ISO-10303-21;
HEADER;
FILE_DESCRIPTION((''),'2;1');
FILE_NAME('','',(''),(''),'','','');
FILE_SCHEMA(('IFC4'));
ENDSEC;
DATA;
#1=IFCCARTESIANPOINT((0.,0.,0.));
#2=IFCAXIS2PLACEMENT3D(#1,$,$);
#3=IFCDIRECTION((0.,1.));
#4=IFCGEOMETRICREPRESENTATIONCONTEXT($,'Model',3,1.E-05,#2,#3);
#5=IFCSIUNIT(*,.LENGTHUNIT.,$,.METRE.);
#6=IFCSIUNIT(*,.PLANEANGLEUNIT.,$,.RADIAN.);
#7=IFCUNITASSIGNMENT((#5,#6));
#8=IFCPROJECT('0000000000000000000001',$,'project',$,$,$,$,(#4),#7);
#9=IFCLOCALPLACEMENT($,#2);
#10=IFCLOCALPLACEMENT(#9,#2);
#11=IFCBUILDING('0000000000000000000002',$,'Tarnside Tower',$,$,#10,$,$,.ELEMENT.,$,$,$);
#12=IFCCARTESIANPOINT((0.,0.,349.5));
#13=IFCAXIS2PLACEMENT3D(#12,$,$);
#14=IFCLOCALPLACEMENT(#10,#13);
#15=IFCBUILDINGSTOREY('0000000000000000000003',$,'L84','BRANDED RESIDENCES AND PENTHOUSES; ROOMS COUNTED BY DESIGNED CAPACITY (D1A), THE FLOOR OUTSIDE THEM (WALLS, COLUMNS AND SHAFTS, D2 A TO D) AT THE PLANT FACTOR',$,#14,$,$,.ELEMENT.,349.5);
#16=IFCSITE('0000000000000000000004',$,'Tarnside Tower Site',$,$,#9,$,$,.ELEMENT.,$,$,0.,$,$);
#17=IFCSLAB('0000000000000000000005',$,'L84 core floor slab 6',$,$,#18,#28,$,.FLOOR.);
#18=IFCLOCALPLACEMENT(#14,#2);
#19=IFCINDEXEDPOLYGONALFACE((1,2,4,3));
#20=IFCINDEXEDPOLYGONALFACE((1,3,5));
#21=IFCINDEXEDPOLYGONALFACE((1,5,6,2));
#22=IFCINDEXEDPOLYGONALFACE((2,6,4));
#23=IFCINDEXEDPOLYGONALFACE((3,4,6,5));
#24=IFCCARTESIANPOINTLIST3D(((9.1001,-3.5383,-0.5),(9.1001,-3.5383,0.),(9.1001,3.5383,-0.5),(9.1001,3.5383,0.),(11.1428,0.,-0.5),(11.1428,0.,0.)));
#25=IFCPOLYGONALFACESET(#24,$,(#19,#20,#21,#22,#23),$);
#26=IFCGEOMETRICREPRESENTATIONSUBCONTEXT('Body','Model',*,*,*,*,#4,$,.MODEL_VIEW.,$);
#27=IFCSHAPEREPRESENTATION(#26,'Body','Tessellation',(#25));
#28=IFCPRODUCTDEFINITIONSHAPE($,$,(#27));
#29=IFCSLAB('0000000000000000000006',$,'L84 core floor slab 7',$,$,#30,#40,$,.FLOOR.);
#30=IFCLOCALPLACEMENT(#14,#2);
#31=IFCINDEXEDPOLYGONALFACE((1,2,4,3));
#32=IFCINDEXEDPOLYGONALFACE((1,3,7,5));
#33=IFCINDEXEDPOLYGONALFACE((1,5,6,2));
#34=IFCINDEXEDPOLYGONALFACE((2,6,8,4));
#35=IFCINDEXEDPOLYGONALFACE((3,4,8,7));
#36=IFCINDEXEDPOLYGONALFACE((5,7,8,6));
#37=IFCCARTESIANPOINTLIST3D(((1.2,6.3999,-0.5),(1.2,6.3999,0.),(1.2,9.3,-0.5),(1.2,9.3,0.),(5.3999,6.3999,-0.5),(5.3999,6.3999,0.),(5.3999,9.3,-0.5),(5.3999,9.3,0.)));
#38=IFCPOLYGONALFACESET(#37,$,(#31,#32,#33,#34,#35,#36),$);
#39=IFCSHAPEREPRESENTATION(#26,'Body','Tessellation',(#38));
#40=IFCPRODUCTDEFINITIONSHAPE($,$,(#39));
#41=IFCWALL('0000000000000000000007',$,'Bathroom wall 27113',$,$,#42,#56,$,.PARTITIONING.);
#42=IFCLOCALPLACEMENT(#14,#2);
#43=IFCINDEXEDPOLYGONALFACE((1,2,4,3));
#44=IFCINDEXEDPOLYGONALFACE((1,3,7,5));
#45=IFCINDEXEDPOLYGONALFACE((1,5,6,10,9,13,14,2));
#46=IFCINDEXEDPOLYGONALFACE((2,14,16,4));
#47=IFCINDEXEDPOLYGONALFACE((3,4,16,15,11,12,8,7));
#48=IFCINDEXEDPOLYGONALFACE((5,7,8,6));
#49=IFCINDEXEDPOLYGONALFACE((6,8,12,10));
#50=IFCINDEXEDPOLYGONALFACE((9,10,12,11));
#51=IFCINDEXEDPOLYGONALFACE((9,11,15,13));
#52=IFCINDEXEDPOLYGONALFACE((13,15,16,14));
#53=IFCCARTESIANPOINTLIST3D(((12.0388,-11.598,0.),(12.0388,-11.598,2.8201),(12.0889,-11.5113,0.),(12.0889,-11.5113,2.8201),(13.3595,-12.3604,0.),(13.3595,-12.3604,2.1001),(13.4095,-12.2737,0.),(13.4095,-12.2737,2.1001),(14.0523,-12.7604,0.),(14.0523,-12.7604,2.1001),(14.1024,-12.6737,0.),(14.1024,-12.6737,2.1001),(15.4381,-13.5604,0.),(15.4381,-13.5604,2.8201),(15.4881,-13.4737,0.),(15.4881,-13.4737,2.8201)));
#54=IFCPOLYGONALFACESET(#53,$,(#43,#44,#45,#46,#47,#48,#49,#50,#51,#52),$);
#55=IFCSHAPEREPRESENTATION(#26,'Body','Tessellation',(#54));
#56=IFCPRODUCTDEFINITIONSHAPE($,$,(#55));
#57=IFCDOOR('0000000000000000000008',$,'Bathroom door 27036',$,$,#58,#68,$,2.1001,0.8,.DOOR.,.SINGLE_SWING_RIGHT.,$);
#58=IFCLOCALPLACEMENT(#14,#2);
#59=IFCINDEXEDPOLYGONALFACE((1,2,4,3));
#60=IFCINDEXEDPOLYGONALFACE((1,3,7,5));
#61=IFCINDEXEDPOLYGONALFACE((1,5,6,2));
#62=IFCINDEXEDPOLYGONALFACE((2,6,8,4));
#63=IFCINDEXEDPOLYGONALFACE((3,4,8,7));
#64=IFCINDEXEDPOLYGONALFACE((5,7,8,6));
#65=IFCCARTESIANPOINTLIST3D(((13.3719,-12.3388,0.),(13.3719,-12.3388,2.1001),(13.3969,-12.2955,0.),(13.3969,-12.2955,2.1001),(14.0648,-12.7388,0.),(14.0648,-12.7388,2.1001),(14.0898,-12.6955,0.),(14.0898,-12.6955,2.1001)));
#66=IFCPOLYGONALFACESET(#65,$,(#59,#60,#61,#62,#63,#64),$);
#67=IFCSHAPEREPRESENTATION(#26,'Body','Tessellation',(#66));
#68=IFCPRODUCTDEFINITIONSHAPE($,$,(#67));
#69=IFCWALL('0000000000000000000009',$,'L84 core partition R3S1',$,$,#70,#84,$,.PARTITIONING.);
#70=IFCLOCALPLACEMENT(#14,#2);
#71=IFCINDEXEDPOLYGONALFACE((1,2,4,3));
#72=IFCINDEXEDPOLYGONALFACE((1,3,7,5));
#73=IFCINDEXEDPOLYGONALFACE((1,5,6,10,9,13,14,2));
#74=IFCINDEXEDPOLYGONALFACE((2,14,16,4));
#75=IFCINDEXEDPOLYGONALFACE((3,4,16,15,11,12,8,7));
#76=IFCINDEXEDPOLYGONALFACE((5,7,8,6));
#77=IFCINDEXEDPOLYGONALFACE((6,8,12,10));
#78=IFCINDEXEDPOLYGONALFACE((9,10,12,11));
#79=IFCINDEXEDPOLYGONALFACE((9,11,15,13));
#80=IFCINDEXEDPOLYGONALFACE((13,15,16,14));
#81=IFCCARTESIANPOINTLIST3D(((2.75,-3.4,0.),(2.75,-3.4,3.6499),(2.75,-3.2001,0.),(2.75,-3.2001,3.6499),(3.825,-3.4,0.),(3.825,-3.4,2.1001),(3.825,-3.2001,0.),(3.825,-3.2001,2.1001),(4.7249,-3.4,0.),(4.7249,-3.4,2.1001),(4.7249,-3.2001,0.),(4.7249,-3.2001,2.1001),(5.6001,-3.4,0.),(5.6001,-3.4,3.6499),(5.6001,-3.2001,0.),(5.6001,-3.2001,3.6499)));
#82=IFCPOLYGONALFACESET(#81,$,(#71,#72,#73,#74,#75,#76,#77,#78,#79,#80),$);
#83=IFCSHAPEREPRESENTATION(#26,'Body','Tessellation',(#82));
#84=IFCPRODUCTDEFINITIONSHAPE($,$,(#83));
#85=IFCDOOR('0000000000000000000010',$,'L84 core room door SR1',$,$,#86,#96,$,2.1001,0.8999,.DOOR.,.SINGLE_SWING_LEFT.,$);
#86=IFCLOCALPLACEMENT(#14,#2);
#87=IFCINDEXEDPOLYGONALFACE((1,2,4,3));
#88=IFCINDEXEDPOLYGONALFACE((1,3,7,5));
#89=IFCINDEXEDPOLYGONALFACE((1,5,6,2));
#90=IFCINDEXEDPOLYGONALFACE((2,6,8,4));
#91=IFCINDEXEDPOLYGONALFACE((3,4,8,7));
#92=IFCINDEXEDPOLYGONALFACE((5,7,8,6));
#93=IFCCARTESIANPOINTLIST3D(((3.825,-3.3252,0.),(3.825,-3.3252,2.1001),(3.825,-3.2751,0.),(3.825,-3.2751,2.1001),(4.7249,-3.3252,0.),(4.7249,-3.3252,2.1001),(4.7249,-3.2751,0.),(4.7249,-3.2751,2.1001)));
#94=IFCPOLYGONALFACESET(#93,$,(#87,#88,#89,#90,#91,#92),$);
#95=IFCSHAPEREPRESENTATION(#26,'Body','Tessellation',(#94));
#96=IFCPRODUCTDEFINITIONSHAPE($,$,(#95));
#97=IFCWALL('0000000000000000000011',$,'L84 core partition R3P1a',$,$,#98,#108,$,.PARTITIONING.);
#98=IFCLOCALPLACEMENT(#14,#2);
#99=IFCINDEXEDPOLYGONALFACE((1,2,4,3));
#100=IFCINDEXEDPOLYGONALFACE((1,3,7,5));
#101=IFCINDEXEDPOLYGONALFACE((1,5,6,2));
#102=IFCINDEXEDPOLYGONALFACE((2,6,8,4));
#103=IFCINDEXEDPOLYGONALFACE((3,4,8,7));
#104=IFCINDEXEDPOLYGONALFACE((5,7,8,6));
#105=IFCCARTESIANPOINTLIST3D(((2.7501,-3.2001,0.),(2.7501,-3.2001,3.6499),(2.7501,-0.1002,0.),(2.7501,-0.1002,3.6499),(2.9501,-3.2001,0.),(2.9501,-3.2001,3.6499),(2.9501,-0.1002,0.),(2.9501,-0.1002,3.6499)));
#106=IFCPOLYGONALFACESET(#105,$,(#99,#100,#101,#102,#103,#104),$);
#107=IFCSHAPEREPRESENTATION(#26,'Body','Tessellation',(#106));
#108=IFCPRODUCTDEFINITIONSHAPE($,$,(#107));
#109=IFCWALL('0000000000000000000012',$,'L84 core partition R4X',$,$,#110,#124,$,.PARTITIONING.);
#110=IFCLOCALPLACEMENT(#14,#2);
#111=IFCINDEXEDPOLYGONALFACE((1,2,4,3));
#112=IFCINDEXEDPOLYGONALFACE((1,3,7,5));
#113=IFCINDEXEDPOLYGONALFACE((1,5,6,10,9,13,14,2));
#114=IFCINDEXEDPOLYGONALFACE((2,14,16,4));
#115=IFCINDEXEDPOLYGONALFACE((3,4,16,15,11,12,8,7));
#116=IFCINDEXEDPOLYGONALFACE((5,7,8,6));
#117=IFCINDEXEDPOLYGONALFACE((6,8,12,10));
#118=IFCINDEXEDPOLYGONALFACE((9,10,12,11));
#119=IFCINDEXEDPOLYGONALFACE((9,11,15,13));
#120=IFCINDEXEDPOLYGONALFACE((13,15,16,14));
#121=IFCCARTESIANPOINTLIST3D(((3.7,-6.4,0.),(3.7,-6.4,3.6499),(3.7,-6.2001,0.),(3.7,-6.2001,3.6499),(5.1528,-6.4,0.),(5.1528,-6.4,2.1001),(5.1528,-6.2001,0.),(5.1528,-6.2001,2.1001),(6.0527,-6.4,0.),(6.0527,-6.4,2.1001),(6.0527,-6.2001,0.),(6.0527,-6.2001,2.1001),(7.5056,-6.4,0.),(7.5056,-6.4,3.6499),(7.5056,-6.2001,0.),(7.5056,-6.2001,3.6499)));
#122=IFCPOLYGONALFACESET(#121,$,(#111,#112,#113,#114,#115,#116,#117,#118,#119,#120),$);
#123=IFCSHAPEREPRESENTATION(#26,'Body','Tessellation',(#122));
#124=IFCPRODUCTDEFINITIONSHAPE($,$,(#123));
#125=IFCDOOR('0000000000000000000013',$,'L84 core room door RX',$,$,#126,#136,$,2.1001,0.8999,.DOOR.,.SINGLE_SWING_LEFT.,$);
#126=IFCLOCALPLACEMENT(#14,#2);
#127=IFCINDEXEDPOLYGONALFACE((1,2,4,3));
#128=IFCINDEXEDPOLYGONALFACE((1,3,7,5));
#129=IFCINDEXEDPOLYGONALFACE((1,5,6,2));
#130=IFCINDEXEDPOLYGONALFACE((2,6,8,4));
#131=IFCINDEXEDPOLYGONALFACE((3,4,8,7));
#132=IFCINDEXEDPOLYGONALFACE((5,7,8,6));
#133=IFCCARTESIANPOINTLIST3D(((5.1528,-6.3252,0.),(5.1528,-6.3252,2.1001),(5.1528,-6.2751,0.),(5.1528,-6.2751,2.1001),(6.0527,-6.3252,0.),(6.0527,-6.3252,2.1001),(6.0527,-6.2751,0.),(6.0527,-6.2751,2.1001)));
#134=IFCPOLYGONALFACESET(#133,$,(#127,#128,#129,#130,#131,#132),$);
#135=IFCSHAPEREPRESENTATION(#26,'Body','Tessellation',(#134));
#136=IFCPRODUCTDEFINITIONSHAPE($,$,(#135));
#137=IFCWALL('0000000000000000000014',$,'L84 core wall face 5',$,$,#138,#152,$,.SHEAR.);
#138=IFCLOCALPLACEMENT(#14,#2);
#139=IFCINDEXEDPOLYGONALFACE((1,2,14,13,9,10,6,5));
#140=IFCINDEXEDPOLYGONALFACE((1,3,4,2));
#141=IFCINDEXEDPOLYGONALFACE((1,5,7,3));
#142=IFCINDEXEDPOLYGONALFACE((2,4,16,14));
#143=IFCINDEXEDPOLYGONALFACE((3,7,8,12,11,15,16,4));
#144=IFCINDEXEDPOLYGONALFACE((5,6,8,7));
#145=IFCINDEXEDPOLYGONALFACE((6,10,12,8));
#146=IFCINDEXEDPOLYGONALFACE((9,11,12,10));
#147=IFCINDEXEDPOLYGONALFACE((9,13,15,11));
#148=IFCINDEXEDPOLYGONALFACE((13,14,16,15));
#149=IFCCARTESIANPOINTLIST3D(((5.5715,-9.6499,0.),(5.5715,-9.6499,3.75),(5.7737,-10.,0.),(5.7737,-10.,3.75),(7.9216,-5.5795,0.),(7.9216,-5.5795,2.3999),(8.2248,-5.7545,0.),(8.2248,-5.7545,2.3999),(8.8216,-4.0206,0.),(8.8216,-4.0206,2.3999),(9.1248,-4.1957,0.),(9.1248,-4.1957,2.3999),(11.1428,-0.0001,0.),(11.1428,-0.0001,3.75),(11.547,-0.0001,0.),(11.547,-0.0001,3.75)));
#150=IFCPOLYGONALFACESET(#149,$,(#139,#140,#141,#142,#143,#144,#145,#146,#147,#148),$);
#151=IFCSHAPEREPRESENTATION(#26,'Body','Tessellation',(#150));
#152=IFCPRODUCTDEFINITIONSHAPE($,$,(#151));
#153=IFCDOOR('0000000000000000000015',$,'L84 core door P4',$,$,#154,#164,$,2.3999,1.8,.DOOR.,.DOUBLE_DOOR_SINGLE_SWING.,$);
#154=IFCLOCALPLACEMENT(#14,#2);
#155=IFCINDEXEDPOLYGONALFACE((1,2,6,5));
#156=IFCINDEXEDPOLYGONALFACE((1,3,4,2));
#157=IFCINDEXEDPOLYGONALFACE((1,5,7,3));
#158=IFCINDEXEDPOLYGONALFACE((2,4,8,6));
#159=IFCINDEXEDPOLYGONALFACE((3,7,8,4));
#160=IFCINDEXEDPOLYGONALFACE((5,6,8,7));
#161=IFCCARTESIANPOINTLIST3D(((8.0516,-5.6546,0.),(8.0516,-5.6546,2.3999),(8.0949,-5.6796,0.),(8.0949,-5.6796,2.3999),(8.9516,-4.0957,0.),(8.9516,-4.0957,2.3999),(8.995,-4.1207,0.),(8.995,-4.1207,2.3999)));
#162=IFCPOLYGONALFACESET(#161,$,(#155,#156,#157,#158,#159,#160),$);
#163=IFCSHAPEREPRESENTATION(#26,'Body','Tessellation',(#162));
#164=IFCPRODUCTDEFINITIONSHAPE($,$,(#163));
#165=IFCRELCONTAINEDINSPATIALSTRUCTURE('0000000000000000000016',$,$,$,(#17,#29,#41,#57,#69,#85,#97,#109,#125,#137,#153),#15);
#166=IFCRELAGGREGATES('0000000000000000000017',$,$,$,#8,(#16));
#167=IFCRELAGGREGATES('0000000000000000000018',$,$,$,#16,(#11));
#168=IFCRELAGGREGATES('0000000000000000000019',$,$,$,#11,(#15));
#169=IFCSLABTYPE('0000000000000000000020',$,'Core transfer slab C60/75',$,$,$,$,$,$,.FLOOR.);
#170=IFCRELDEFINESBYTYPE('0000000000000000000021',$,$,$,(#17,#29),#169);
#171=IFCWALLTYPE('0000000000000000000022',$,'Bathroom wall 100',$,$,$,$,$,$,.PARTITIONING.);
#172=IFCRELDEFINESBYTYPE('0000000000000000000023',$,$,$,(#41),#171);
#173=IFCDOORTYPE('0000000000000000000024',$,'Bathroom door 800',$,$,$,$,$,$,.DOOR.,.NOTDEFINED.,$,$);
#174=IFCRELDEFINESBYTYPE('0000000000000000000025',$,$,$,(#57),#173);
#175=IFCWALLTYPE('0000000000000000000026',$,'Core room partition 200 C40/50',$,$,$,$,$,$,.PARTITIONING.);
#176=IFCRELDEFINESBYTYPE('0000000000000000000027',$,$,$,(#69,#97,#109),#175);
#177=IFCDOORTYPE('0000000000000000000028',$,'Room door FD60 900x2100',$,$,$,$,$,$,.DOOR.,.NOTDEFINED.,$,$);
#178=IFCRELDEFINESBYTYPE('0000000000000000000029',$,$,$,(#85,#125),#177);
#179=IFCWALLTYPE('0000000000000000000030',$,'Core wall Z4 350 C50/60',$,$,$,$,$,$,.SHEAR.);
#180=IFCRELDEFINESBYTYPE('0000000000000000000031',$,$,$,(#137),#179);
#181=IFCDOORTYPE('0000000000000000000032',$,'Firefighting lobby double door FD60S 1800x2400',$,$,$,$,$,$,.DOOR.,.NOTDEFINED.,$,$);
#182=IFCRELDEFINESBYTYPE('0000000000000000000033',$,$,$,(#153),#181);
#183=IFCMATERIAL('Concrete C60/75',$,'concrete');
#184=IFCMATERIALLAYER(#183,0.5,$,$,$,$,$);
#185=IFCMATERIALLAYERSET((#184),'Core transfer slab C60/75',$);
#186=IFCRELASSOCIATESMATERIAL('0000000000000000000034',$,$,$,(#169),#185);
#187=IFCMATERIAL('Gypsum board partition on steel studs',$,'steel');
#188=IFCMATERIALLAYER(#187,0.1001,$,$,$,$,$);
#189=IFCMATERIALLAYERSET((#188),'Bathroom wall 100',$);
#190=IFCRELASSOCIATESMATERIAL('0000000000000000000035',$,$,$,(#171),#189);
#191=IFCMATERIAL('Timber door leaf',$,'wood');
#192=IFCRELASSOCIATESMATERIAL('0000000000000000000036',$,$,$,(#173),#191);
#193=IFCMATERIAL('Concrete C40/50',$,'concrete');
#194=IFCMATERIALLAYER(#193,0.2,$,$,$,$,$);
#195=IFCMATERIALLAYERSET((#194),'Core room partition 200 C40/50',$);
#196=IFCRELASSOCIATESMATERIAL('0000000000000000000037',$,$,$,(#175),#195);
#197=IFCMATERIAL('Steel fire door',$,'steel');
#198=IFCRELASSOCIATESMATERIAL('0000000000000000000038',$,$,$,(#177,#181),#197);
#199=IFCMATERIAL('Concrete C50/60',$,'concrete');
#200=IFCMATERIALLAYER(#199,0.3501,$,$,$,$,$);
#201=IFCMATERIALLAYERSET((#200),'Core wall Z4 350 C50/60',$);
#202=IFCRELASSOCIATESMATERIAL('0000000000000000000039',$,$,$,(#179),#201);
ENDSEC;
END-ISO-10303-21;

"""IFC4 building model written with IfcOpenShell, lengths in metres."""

from ifc_helpers import new_model, si_unit, direction, frame, frame_2d, origin, place, context, subcontext, project, spatial, polyline, rectangle, outline, extrude, material, layer, layer_set, type_object, element, fill, save


model = new_model("IFC4")

# Units and contexts
model_context = context("Model", 3, precision=1e-05, world=origin(), true_north=direction((0.0, 1.0)))
body_context = subcontext(model_context, "Body", "Model", "MODEL_VIEW")
ifc_project = project(units=[si_unit("LENGTHUNIT", "METRE"), si_unit("PLANEANGLEUNIT", "RADIAN")], contexts=[model_context])

# Site, building, storey
site_placement = place(None, origin())
site = spatial("IfcSite", under=ifc_project, at=site_placement, Name="Tarnside Tower Site", CompositionType="ELEMENT", RefElevation=0.0)
building_placement = place(site_placement, origin())
building = spatial("IfcBuilding", under=site, at=building_placement, Name="Tarnside Tower", CompositionType="ELEMENT")
storey_placement = place(building_placement, frame((0.0, 0.0, 349.5)))
storey = spatial("IfcBuildingStorey", under=building, at=storey_placement, Name="L84", Description="BRANDED RESIDENCES AND PENTHOUSES; ROOMS COUNTED BY DESIGNED CAPACITY (D1A), THE FLOOR OUTSIDE THEM (WALLS, COLUMNS AND SHAFTS, D2 A TO D) AT THE PLANT FACTOR", CompositionType="ELEMENT", Elevation=349.5)

# Slabs
ifc_material_1 = material(Name="Concrete C60/75", Category="concrete")
ifc_layer_1 = layer(ifc_material_1, 0.5)
ifc_layer_set_1 = layer_set([ifc_layer_1], Name="Core transfer slab C60/75")
slab_type = type_object("IfcSlabType", Name="Core transfer slab C60/75", PredefinedType="FLOOR", material=ifc_layer_set_1)
slab_1_placement = place(storey_placement, frame((0.0, 0.0, -0.5)))
element("IfcSlab", 1, at=slab_1_placement, inside=storey, type_object=slab_type, Name="L84 core floor slab 6", PredefinedType="FLOOR", context=body_context, shape_type="SweptSolid", body=[
    extrude(outline(polyline([(9.1001, 3.5383), (11.1428, 0.0), (9.1001, -3.5383), (9.1001, 3.5383)])), origin(), (0.0, 0.0, 1.0), 0.5),
])
slab_2_placement = place(storey_placement, frame((0.0, 0.0, -0.5)))
element("IfcSlab", 2, at=slab_2_placement, inside=storey, type_object=slab_type, Name="L84 core floor slab 7", PredefinedType="FLOOR", context=body_context, shape_type="SweptSolid", body=[
    extrude(outline(polyline([(5.3999, 6.3999), (1.2, 6.3999), (1.2, 9.3), (5.3999, 9.3), (5.3999, 6.3999)])), origin(), (0.0, 0.0, 1.0), 0.5),
])

# Walls, openings, doors
ifc_material_2 = material(Name="Gypsum board partition on steel studs", Category="steel")
ifc_layer_2 = layer(ifc_material_2, 0.1001)
ifc_layer_set_2 = layer_set([ifc_layer_2], Name="Bathroom wall 100")
wall_type_1 = type_object("IfcWallType", Name="Bathroom wall 100", PredefinedType="PARTITIONING", material=ifc_layer_set_2)
wall_1_placement = place(storey_placement, frame((12.064, -11.5547, 0.0), z_axis=(0.0, 0.0, 1.0), x_axis=(0.866037, -0.499979, 0.0)))
wall_1 = element("IfcWall", 3, at=wall_1_placement, inside=storey, type_object=wall_type_1, Name="Bathroom wall 27113", PredefinedType="PARTITIONING", context=body_context, shape_type="SweptSolid", body=[
    extrude(rectangle(XDim=3.925, YDim=0.1001, at=frame_2d((1.9624, 0.0))), origin(), (0.0, 0.0, 1.0), 2.8201),
])
opening_1_placement = place(wall_1_placement, frame((1.5249, 0.0, 0.0)))
opening_1 = element("IfcOpeningElement", 4, at=opening_1_placement, cuts=wall_1, PredefinedType="OPENING", context=body_context, shape_type="SweptSolid", body=[
    extrude(rectangle(XDim=0.8, YDim=2.1001, at=frame_2d((0.3999, 1.05))), frame((0.0, 0.0601, 0.0), z_axis=(0.0, -1.0, 0.0), x_axis=(1.0, 0.0, 0.0)), (0.0, 0.0, 1.0), 0.1201),
])
ifc_material_3 = material(Name="Timber door leaf", Category="wood")
door_type_1 = type_object("IfcDoorType", Name="Bathroom door 800", OperationType="NOTDEFINED", PredefinedType="DOOR", material=ifc_material_3)
door_1_placement = place(opening_1_placement, origin())
door_1 = element("IfcDoor", 5, at=door_1_placement, inside=storey, type_object=door_type_1, Name="Bathroom door 27036", OperationType="SINGLE_SWING_RIGHT", OverallHeight=2.1001, OverallWidth=0.8, PredefinedType="DOOR", context=body_context, shape_type="SweptSolid", body=[
    extrude(rectangle(XDim=0.8, YDim=2.1001, at=frame_2d((0.3999, 1.05))), frame((0.0, 0.0249, 0.0), z_axis=(0.0, -1.0, 0.0), x_axis=(1.0, 0.0, 0.0)), (0.0, 0.0, 1.0), 0.05),
])
fill(opening_1, door_1)
ifc_material_4 = material(Name="Concrete C40/50", Category="concrete")
ifc_layer_3 = layer(ifc_material_4, 0.2)
ifc_layer_set_3 = layer_set([ifc_layer_3], Name="Core room partition 200 C40/50")
wall_type_2 = type_object("IfcWallType", Name="Core room partition 200 C40/50", PredefinedType="PARTITIONING", material=ifc_layer_set_3)
wall_2_placement = place(storey_placement, frame((2.75, -3.3, 0.0), z_axis=(0.0, 0.0, 1.0), x_axis=(1.0, 0.0, 0.0)))
wall_2 = element("IfcWall", 6, at=wall_2_placement, inside=storey, type_object=wall_type_2, Name="L84 core partition R3S1", PredefinedType="PARTITIONING", context=body_context, shape_type="SweptSolid", body=[
    extrude(rectangle(XDim=2.8501, YDim=0.2, at=frame_2d((1.425, 0.0))), origin(), (0.0, 0.0, 1.0), 3.6499),
])
opening_2_placement = place(wall_2_placement, frame((1.075, 0.0, 0.0)))
opening_2 = element("IfcOpeningElement", 7, at=opening_2_placement, cuts=wall_2, PredefinedType="OPENING", context=body_context, shape_type="SweptSolid", body=[
    extrude(rectangle(XDim=0.8999, YDim=2.1001, at=frame_2d((0.45, 1.05))), frame((0.0, 0.1099, 0.0), z_axis=(0.0, -1.0, 0.0), x_axis=(1.0, 0.0, 0.0)), (0.0, 0.0, 1.0), 0.22),
])
ifc_material_5 = material(Name="Steel fire door", Category="steel")
door_type_2 = type_object("IfcDoorType", Name="Room door FD60 900x2100", OperationType="NOTDEFINED", PredefinedType="DOOR", material=ifc_material_5)
door_2_placement = place(opening_2_placement, origin())
door_2 = element("IfcDoor", 8, at=door_2_placement, inside=storey, type_object=door_type_2, Name="L84 core room door SR1", OperationType="SINGLE_SWING_LEFT", OverallHeight=2.1001, OverallWidth=0.8999, PredefinedType="DOOR", context=body_context, shape_type="SweptSolid", body=[
    extrude(rectangle(XDim=0.8999, YDim=2.1001, at=frame_2d((0.45, 1.05))), frame((0.0, 0.0249, 0.0), z_axis=(0.0, -1.0, 0.0), x_axis=(1.0, 0.0, 0.0)), (0.0, 0.0, 1.0), 0.05),
])
fill(opening_2, door_2)

# Wall
wall_3_placement = place(storey_placement, frame((2.8501, -3.2, 0.0), z_axis=(0.0, 0.0, 1.0), x_axis=(0.0, 1.0, 0.0)))
element("IfcWall", 9, at=wall_3_placement, inside=storey, type_object=wall_type_2, Name="L84 core partition R3P1a", PredefinedType="PARTITIONING", context=body_context, shape_type="SweptSolid", body=[
    extrude(rectangle(XDim=3.0999, YDim=0.2, at=frame_2d((1.5498, 0.0))), origin(), (0.0, 0.0, 1.0), 3.6499),
])

# Walls, openings, doors
wall_4_placement = place(storey_placement, frame((3.7, -6.3, 0.0), z_axis=(0.0, 0.0, 1.0), x_axis=(1.0, 0.0, 0.0)))
wall_4 = element("IfcWall", 10, at=wall_4_placement, inside=storey, type_object=wall_type_2, Name="L84 core partition R4X", PredefinedType="PARTITIONING", context=body_context, shape_type="SweptSolid", body=[
    extrude(rectangle(XDim=3.8057, YDim=0.2, at=frame_2d((1.9028, 0.0))), origin(), (0.0, 0.0, 1.0), 3.6499),
])
opening_3_placement = place(wall_4_placement, frame((1.4529, 0.0, 0.0)))
opening_3 = element("IfcOpeningElement", 11, at=opening_3_placement, cuts=wall_4, PredefinedType="OPENING", context=body_context, shape_type="SweptSolid", body=[
    extrude(rectangle(XDim=0.8999, YDim=2.1001, at=frame_2d((0.45, 1.05))), frame((0.0, 0.1099, 0.0), z_axis=(0.0, -1.0, 0.0), x_axis=(1.0, 0.0, 0.0)), (0.0, 0.0, 1.0), 0.22),
])
door_3_placement = place(opening_3_placement, origin())
door_3 = element("IfcDoor", 12, at=door_3_placement, inside=storey, type_object=door_type_2, Name="L84 core room door RX", OperationType="SINGLE_SWING_LEFT", OverallHeight=2.1001, OverallWidth=0.8999, PredefinedType="DOOR", context=body_context, shape_type="SweptSolid", body=[
    extrude(rectangle(XDim=0.8999, YDim=2.1001, at=frame_2d((0.45, 1.05))), frame((0.0, 0.0249, 0.0), z_axis=(0.0, -1.0, 0.0), x_axis=(1.0, 0.0, 0.0)), (0.0, 0.0, 1.0), 0.05),
])
fill(opening_3, door_3)
ifc_material_6 = material(Name="Concrete C50/60", Category="concrete")
ifc_layer_4 = layer(ifc_material_6, 0.3501)
ifc_layer_set_4 = layer_set([ifc_layer_4], Name="Core wall Z4 350 C50/60")
wall_type_3 = type_object("IfcWallType", Name="Core wall Z4 350 C50/60", PredefinedType="SHEAR", material=ifc_layer_set_4)
wall_5_placement = place(storey_placement, frame((5.6726, -9.825, 0.0), z_axis=(0.0, 0.0, 1.0), x_axis=(0.499995, 0.866028, 0.0)))
wall_5 = element("IfcWall", 13, at=wall_5_placement, inside=storey, type_object=wall_type_3, Name="L84 core wall face 5", PredefinedType="SHEAR", context=body_context, shape_type="SweptSolid", body=[
    extrude(outline(polyline([(-0.1011, -0.175), (11.4458, -0.175), (11.2437, 0.175), (0.1011, 0.175), (-0.1011, -0.175)])), origin(), (0.0, 0.0, 1.0), 3.75),
])
opening_4_placement = place(wall_5_placement, frame((4.8013, 0.0, 0.0)))
opening_4 = element("IfcOpeningElement", 14, at=opening_4_placement, cuts=wall_5, PredefinedType="OPENING", context=body_context, shape_type="SweptSolid", body=[
    extrude(rectangle(XDim=1.8, YDim=2.3999, at=frame_2d((0.8999, 1.2))), frame((0.0, 0.1851, 0.0), z_axis=(0.0, -1.0, 0.0), x_axis=(1.0, 0.0, 0.0)), (0.0, 0.0, 1.0), 0.3701),
])
door_type_3 = type_object("IfcDoorType", Name="Firefighting lobby double door FD60S 1800x2400", OperationType="NOTDEFINED", PredefinedType="DOOR", material=ifc_material_5)
door_4_placement = place(opening_4_placement, origin())
door_4 = element("IfcDoor", 15, at=door_4_placement, inside=storey, type_object=door_type_3, Name="L84 core door P4", OperationType="DOUBLE_DOOR_SINGLE_SWING", OverallHeight=2.3999, OverallWidth=1.8, PredefinedType="DOOR", context=body_context, shape_type="SweptSolid", body=[
    extrude(rectangle(XDim=1.8, YDim=2.3999, at=frame_2d((0.8999, 1.2))), frame((0.0, 0.0249, 0.0), z_axis=(0.0, -1.0, 0.0), x_axis=(1.0, 0.0, 0.0)), (0.0, 0.0, 1.0), 0.05),
])
fill(opening_4, door_4)

save(model, "model.ifc")
